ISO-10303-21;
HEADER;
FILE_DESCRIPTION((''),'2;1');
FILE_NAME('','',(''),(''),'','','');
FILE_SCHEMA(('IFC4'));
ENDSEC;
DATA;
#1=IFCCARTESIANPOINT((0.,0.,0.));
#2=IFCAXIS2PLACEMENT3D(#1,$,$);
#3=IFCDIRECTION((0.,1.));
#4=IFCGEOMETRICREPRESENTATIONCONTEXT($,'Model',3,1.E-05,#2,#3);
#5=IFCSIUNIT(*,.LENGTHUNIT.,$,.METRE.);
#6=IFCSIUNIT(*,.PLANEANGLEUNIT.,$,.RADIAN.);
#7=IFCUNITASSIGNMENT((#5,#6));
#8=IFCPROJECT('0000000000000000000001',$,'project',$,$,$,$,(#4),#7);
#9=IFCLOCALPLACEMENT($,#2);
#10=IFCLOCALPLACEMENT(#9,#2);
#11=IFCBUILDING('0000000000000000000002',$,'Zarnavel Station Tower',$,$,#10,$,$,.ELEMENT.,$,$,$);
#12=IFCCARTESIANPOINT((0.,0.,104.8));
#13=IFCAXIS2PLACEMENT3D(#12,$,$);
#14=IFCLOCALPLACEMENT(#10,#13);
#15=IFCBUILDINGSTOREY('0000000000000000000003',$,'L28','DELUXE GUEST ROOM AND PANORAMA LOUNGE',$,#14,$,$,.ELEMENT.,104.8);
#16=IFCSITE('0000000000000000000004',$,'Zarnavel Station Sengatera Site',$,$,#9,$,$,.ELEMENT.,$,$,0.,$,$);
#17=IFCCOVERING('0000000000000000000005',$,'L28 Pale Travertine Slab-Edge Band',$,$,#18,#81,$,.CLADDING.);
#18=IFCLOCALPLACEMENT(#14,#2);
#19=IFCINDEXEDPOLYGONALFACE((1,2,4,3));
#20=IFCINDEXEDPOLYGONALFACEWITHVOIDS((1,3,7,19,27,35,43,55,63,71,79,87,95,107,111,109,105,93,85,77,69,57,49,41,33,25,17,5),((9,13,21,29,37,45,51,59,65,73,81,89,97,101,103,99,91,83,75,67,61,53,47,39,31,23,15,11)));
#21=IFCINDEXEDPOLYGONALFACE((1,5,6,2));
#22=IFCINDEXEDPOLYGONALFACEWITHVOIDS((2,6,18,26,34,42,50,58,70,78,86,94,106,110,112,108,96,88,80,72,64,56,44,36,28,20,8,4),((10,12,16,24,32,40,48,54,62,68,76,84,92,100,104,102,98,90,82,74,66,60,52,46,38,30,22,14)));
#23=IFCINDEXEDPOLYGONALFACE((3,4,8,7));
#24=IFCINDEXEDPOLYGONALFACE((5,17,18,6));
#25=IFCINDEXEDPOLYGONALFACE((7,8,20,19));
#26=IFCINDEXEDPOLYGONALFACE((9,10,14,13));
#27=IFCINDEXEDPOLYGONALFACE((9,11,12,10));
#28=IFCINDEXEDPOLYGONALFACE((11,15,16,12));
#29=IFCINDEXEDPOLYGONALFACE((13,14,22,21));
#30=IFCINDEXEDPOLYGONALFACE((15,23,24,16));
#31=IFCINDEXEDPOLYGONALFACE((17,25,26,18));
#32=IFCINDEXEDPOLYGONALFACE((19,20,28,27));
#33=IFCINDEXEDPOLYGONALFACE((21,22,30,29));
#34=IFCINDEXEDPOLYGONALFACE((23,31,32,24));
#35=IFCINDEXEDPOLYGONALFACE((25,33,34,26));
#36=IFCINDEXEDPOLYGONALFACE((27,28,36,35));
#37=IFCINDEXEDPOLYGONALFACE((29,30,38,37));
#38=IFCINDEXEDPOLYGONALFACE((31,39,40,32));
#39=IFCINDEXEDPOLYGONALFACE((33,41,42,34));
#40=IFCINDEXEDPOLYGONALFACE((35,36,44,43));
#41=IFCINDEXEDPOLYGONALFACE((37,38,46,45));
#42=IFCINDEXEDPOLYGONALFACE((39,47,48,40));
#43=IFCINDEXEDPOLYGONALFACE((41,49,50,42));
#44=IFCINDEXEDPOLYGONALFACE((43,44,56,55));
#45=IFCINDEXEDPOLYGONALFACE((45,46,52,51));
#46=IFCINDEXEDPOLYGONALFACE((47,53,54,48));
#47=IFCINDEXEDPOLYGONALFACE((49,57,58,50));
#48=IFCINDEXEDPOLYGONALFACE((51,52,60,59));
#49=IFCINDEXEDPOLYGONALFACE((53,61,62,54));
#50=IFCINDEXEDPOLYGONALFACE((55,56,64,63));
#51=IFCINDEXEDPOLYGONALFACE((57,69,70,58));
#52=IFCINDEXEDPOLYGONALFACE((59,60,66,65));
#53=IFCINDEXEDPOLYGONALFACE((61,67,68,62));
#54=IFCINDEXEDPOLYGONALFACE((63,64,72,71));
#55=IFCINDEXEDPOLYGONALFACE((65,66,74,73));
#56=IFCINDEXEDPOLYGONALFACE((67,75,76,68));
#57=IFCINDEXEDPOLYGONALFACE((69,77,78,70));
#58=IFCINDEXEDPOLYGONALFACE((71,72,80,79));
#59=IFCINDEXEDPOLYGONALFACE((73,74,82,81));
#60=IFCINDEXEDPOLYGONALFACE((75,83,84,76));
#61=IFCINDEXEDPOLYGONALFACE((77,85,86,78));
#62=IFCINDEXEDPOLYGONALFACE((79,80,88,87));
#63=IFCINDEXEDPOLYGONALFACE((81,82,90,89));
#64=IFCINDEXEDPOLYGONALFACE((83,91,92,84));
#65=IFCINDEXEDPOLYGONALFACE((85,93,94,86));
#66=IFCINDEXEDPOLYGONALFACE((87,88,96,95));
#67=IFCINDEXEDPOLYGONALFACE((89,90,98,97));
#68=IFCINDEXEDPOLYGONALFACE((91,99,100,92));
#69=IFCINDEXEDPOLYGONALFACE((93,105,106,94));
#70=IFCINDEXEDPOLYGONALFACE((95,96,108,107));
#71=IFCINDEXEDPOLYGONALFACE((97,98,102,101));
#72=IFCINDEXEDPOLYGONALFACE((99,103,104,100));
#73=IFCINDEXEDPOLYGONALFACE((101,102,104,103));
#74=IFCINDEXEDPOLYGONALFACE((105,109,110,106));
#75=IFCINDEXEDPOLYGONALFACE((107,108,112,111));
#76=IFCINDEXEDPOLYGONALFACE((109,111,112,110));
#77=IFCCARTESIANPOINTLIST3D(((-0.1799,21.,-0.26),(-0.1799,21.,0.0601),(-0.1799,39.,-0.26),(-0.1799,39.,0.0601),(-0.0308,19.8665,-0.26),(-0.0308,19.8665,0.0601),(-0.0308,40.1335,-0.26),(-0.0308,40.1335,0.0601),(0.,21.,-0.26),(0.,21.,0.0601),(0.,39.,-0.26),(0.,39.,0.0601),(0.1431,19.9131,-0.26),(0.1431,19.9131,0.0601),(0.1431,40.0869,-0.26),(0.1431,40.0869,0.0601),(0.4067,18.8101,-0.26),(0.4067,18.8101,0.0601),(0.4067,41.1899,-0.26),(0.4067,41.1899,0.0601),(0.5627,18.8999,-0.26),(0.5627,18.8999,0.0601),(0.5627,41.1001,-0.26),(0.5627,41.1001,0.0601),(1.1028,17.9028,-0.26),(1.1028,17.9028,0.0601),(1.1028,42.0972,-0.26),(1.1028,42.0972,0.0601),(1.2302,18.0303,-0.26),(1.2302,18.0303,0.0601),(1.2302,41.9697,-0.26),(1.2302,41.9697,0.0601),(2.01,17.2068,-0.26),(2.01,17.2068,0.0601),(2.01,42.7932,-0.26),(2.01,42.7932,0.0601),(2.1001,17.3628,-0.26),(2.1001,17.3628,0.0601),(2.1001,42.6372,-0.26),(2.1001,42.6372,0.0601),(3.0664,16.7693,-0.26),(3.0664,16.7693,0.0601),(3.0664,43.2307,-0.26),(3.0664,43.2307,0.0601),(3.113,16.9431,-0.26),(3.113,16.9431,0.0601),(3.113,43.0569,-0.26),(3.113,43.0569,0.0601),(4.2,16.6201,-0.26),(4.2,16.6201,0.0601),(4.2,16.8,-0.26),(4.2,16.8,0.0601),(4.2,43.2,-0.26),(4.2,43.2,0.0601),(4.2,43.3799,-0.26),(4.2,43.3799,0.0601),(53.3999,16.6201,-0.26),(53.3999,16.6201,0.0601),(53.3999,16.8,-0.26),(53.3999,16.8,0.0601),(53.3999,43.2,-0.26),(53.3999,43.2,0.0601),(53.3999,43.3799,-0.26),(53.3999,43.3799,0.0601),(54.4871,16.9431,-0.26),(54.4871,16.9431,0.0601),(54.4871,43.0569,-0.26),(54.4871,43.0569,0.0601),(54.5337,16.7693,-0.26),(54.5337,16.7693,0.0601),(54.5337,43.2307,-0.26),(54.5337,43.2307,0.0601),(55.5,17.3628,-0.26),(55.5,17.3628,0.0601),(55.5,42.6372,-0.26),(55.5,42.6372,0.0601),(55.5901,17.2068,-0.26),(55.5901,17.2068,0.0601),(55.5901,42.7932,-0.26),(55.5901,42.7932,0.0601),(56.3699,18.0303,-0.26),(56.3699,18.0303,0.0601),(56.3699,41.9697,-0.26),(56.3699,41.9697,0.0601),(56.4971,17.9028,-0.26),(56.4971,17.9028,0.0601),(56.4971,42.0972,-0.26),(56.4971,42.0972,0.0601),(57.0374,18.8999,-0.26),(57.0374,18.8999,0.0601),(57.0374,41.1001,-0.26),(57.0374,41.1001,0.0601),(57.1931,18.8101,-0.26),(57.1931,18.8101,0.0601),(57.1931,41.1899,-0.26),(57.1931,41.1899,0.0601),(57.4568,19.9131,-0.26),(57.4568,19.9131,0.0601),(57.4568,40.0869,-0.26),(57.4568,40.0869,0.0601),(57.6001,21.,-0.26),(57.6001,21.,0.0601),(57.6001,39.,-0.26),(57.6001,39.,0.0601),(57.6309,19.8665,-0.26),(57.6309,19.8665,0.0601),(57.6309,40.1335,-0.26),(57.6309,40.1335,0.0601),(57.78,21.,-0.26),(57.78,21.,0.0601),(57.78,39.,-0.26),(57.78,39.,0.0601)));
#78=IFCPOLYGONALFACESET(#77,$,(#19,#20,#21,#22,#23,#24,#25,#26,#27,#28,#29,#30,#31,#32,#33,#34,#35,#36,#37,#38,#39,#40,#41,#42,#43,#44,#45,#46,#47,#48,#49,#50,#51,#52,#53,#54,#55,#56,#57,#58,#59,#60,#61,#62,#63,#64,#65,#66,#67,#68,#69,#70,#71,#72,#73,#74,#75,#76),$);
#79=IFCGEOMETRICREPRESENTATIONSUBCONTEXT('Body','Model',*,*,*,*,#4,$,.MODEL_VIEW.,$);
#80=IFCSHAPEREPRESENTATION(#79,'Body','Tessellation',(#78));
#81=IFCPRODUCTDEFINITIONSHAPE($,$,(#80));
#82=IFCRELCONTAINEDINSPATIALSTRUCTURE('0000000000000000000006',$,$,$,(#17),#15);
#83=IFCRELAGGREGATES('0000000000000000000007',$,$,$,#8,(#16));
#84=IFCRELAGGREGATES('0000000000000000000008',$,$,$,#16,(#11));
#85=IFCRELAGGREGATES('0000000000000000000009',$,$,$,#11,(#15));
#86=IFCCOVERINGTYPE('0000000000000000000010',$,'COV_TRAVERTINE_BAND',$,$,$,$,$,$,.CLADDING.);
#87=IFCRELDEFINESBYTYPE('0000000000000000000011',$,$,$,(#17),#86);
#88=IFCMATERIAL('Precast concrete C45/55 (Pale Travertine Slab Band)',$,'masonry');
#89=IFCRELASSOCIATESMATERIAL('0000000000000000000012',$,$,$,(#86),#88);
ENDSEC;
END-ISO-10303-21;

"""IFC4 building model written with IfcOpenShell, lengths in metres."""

from ifc_helpers import new_model, si_unit, direction, frame, origin, place, context, subcontext, project, spatial, polyline, outline, extrude, material, type_object, element, save


model = new_model("IFC4")

# Units and contexts
model_context = context("Model", 3, precision=1e-05, world=origin(), true_north=direction((0.0, 1.0)))
body_context = subcontext(model_context, "Body", "Model", "MODEL_VIEW")
ifc_project = project(units=[si_unit("LENGTHUNIT", "METRE"), si_unit("PLANEANGLEUNIT", "RADIAN")], contexts=[model_context])

# Site, building, storey
site_placement = place(None, origin())
site = spatial("IfcSite", under=ifc_project, at=site_placement, Name="Zarnavel Station Sengatera Site", CompositionType="ELEMENT", RefElevation=0.0)
building_placement = place(site_placement, origin())
building = spatial("IfcBuilding", under=site, at=building_placement, Name="Zarnavel Station Tower", CompositionType="ELEMENT")
storey_placement = place(building_placement, frame((0.0, 0.0, 104.8)))
storey = spatial("IfcBuildingStorey", under=building, at=storey_placement, Name="L28", Description="DELUXE GUEST ROOM AND PANORAMA LOUNGE", CompositionType="ELEMENT", Elevation=104.8)

# Covering
ifc_material_1 = material(Name="Precast concrete C45/55 (Pale Travertine Slab Band)", Category="masonry")
covering_type_1 = type_object("IfcCoveringType", Name="COV_TRAVERTINE_BAND", PredefinedType="CLADDING", material=ifc_material_1)
covering_1_placement = place(storey_placement, frame((0.0, 0.0, -0.26)))
element("IfcCovering", 1, at=covering_1_placement, inside=storey, type_object=covering_type_1, Name="L28 Pale Travertine Slab-Edge Band", PredefinedType="CLADDING", context=body_context, shape_type="SweptSolid", body=[
    extrude(outline(polyline([(53.3999, 16.6201), (54.5337, 16.7693), (55.5901, 17.2068), (56.4971, 17.9028), (57.1931, 18.8101), (57.6309, 19.8665), (57.78, 21.0), (57.78, 39.0), (57.6309, 40.1335), (57.1931, 41.1899), (56.4971, 42.0972), (55.5901, 42.7932), (54.5337, 43.2307), (53.3999, 43.3799), (4.2, 43.3799), (3.0664, 43.2307), (2.01, 42.7932), (1.1028, 42.0972), (0.4067, 41.1899), (-0.0308, 40.1335), (-0.1799, 39.0), (-0.1799, 21.0), (-0.0308, 19.8665), (0.4067, 18.8101), (1.1028, 17.9028), (2.01, 17.2068), (3.0664, 16.7693), (4.2, 16.6201), (53.3999, 16.6201)]), holes=[polyline([(53.3999, 16.8), (54.4871, 16.9431), (55.5, 17.3628), (56.3699, 18.0303), (57.0374, 18.8999), (57.4568, 19.9131), (57.6001, 21.0), (57.6001, 39.0), (57.4568, 40.0869), (57.0374, 41.1001), (56.3699, 41.9697), (55.5, 42.6372), (54.4871, 43.0569), (53.3999, 43.2), (4.2, 43.2), (3.113, 43.0569), (2.1001, 42.6372), (1.2302, 41.9697), (0.5627, 41.1001), (0.1431, 40.0869), (0.0, 39.0), (0.0, 21.0), (0.1431, 19.9131), (0.5627, 18.8999), (1.2302, 18.0303), (2.1001, 17.3628), (3.113, 16.9431), (4.2, 16.8), (53.3999, 16.8)])]), origin(), (0.0, 0.0, 1.0), 0.3201),
])

save(model, "model.ifc")
